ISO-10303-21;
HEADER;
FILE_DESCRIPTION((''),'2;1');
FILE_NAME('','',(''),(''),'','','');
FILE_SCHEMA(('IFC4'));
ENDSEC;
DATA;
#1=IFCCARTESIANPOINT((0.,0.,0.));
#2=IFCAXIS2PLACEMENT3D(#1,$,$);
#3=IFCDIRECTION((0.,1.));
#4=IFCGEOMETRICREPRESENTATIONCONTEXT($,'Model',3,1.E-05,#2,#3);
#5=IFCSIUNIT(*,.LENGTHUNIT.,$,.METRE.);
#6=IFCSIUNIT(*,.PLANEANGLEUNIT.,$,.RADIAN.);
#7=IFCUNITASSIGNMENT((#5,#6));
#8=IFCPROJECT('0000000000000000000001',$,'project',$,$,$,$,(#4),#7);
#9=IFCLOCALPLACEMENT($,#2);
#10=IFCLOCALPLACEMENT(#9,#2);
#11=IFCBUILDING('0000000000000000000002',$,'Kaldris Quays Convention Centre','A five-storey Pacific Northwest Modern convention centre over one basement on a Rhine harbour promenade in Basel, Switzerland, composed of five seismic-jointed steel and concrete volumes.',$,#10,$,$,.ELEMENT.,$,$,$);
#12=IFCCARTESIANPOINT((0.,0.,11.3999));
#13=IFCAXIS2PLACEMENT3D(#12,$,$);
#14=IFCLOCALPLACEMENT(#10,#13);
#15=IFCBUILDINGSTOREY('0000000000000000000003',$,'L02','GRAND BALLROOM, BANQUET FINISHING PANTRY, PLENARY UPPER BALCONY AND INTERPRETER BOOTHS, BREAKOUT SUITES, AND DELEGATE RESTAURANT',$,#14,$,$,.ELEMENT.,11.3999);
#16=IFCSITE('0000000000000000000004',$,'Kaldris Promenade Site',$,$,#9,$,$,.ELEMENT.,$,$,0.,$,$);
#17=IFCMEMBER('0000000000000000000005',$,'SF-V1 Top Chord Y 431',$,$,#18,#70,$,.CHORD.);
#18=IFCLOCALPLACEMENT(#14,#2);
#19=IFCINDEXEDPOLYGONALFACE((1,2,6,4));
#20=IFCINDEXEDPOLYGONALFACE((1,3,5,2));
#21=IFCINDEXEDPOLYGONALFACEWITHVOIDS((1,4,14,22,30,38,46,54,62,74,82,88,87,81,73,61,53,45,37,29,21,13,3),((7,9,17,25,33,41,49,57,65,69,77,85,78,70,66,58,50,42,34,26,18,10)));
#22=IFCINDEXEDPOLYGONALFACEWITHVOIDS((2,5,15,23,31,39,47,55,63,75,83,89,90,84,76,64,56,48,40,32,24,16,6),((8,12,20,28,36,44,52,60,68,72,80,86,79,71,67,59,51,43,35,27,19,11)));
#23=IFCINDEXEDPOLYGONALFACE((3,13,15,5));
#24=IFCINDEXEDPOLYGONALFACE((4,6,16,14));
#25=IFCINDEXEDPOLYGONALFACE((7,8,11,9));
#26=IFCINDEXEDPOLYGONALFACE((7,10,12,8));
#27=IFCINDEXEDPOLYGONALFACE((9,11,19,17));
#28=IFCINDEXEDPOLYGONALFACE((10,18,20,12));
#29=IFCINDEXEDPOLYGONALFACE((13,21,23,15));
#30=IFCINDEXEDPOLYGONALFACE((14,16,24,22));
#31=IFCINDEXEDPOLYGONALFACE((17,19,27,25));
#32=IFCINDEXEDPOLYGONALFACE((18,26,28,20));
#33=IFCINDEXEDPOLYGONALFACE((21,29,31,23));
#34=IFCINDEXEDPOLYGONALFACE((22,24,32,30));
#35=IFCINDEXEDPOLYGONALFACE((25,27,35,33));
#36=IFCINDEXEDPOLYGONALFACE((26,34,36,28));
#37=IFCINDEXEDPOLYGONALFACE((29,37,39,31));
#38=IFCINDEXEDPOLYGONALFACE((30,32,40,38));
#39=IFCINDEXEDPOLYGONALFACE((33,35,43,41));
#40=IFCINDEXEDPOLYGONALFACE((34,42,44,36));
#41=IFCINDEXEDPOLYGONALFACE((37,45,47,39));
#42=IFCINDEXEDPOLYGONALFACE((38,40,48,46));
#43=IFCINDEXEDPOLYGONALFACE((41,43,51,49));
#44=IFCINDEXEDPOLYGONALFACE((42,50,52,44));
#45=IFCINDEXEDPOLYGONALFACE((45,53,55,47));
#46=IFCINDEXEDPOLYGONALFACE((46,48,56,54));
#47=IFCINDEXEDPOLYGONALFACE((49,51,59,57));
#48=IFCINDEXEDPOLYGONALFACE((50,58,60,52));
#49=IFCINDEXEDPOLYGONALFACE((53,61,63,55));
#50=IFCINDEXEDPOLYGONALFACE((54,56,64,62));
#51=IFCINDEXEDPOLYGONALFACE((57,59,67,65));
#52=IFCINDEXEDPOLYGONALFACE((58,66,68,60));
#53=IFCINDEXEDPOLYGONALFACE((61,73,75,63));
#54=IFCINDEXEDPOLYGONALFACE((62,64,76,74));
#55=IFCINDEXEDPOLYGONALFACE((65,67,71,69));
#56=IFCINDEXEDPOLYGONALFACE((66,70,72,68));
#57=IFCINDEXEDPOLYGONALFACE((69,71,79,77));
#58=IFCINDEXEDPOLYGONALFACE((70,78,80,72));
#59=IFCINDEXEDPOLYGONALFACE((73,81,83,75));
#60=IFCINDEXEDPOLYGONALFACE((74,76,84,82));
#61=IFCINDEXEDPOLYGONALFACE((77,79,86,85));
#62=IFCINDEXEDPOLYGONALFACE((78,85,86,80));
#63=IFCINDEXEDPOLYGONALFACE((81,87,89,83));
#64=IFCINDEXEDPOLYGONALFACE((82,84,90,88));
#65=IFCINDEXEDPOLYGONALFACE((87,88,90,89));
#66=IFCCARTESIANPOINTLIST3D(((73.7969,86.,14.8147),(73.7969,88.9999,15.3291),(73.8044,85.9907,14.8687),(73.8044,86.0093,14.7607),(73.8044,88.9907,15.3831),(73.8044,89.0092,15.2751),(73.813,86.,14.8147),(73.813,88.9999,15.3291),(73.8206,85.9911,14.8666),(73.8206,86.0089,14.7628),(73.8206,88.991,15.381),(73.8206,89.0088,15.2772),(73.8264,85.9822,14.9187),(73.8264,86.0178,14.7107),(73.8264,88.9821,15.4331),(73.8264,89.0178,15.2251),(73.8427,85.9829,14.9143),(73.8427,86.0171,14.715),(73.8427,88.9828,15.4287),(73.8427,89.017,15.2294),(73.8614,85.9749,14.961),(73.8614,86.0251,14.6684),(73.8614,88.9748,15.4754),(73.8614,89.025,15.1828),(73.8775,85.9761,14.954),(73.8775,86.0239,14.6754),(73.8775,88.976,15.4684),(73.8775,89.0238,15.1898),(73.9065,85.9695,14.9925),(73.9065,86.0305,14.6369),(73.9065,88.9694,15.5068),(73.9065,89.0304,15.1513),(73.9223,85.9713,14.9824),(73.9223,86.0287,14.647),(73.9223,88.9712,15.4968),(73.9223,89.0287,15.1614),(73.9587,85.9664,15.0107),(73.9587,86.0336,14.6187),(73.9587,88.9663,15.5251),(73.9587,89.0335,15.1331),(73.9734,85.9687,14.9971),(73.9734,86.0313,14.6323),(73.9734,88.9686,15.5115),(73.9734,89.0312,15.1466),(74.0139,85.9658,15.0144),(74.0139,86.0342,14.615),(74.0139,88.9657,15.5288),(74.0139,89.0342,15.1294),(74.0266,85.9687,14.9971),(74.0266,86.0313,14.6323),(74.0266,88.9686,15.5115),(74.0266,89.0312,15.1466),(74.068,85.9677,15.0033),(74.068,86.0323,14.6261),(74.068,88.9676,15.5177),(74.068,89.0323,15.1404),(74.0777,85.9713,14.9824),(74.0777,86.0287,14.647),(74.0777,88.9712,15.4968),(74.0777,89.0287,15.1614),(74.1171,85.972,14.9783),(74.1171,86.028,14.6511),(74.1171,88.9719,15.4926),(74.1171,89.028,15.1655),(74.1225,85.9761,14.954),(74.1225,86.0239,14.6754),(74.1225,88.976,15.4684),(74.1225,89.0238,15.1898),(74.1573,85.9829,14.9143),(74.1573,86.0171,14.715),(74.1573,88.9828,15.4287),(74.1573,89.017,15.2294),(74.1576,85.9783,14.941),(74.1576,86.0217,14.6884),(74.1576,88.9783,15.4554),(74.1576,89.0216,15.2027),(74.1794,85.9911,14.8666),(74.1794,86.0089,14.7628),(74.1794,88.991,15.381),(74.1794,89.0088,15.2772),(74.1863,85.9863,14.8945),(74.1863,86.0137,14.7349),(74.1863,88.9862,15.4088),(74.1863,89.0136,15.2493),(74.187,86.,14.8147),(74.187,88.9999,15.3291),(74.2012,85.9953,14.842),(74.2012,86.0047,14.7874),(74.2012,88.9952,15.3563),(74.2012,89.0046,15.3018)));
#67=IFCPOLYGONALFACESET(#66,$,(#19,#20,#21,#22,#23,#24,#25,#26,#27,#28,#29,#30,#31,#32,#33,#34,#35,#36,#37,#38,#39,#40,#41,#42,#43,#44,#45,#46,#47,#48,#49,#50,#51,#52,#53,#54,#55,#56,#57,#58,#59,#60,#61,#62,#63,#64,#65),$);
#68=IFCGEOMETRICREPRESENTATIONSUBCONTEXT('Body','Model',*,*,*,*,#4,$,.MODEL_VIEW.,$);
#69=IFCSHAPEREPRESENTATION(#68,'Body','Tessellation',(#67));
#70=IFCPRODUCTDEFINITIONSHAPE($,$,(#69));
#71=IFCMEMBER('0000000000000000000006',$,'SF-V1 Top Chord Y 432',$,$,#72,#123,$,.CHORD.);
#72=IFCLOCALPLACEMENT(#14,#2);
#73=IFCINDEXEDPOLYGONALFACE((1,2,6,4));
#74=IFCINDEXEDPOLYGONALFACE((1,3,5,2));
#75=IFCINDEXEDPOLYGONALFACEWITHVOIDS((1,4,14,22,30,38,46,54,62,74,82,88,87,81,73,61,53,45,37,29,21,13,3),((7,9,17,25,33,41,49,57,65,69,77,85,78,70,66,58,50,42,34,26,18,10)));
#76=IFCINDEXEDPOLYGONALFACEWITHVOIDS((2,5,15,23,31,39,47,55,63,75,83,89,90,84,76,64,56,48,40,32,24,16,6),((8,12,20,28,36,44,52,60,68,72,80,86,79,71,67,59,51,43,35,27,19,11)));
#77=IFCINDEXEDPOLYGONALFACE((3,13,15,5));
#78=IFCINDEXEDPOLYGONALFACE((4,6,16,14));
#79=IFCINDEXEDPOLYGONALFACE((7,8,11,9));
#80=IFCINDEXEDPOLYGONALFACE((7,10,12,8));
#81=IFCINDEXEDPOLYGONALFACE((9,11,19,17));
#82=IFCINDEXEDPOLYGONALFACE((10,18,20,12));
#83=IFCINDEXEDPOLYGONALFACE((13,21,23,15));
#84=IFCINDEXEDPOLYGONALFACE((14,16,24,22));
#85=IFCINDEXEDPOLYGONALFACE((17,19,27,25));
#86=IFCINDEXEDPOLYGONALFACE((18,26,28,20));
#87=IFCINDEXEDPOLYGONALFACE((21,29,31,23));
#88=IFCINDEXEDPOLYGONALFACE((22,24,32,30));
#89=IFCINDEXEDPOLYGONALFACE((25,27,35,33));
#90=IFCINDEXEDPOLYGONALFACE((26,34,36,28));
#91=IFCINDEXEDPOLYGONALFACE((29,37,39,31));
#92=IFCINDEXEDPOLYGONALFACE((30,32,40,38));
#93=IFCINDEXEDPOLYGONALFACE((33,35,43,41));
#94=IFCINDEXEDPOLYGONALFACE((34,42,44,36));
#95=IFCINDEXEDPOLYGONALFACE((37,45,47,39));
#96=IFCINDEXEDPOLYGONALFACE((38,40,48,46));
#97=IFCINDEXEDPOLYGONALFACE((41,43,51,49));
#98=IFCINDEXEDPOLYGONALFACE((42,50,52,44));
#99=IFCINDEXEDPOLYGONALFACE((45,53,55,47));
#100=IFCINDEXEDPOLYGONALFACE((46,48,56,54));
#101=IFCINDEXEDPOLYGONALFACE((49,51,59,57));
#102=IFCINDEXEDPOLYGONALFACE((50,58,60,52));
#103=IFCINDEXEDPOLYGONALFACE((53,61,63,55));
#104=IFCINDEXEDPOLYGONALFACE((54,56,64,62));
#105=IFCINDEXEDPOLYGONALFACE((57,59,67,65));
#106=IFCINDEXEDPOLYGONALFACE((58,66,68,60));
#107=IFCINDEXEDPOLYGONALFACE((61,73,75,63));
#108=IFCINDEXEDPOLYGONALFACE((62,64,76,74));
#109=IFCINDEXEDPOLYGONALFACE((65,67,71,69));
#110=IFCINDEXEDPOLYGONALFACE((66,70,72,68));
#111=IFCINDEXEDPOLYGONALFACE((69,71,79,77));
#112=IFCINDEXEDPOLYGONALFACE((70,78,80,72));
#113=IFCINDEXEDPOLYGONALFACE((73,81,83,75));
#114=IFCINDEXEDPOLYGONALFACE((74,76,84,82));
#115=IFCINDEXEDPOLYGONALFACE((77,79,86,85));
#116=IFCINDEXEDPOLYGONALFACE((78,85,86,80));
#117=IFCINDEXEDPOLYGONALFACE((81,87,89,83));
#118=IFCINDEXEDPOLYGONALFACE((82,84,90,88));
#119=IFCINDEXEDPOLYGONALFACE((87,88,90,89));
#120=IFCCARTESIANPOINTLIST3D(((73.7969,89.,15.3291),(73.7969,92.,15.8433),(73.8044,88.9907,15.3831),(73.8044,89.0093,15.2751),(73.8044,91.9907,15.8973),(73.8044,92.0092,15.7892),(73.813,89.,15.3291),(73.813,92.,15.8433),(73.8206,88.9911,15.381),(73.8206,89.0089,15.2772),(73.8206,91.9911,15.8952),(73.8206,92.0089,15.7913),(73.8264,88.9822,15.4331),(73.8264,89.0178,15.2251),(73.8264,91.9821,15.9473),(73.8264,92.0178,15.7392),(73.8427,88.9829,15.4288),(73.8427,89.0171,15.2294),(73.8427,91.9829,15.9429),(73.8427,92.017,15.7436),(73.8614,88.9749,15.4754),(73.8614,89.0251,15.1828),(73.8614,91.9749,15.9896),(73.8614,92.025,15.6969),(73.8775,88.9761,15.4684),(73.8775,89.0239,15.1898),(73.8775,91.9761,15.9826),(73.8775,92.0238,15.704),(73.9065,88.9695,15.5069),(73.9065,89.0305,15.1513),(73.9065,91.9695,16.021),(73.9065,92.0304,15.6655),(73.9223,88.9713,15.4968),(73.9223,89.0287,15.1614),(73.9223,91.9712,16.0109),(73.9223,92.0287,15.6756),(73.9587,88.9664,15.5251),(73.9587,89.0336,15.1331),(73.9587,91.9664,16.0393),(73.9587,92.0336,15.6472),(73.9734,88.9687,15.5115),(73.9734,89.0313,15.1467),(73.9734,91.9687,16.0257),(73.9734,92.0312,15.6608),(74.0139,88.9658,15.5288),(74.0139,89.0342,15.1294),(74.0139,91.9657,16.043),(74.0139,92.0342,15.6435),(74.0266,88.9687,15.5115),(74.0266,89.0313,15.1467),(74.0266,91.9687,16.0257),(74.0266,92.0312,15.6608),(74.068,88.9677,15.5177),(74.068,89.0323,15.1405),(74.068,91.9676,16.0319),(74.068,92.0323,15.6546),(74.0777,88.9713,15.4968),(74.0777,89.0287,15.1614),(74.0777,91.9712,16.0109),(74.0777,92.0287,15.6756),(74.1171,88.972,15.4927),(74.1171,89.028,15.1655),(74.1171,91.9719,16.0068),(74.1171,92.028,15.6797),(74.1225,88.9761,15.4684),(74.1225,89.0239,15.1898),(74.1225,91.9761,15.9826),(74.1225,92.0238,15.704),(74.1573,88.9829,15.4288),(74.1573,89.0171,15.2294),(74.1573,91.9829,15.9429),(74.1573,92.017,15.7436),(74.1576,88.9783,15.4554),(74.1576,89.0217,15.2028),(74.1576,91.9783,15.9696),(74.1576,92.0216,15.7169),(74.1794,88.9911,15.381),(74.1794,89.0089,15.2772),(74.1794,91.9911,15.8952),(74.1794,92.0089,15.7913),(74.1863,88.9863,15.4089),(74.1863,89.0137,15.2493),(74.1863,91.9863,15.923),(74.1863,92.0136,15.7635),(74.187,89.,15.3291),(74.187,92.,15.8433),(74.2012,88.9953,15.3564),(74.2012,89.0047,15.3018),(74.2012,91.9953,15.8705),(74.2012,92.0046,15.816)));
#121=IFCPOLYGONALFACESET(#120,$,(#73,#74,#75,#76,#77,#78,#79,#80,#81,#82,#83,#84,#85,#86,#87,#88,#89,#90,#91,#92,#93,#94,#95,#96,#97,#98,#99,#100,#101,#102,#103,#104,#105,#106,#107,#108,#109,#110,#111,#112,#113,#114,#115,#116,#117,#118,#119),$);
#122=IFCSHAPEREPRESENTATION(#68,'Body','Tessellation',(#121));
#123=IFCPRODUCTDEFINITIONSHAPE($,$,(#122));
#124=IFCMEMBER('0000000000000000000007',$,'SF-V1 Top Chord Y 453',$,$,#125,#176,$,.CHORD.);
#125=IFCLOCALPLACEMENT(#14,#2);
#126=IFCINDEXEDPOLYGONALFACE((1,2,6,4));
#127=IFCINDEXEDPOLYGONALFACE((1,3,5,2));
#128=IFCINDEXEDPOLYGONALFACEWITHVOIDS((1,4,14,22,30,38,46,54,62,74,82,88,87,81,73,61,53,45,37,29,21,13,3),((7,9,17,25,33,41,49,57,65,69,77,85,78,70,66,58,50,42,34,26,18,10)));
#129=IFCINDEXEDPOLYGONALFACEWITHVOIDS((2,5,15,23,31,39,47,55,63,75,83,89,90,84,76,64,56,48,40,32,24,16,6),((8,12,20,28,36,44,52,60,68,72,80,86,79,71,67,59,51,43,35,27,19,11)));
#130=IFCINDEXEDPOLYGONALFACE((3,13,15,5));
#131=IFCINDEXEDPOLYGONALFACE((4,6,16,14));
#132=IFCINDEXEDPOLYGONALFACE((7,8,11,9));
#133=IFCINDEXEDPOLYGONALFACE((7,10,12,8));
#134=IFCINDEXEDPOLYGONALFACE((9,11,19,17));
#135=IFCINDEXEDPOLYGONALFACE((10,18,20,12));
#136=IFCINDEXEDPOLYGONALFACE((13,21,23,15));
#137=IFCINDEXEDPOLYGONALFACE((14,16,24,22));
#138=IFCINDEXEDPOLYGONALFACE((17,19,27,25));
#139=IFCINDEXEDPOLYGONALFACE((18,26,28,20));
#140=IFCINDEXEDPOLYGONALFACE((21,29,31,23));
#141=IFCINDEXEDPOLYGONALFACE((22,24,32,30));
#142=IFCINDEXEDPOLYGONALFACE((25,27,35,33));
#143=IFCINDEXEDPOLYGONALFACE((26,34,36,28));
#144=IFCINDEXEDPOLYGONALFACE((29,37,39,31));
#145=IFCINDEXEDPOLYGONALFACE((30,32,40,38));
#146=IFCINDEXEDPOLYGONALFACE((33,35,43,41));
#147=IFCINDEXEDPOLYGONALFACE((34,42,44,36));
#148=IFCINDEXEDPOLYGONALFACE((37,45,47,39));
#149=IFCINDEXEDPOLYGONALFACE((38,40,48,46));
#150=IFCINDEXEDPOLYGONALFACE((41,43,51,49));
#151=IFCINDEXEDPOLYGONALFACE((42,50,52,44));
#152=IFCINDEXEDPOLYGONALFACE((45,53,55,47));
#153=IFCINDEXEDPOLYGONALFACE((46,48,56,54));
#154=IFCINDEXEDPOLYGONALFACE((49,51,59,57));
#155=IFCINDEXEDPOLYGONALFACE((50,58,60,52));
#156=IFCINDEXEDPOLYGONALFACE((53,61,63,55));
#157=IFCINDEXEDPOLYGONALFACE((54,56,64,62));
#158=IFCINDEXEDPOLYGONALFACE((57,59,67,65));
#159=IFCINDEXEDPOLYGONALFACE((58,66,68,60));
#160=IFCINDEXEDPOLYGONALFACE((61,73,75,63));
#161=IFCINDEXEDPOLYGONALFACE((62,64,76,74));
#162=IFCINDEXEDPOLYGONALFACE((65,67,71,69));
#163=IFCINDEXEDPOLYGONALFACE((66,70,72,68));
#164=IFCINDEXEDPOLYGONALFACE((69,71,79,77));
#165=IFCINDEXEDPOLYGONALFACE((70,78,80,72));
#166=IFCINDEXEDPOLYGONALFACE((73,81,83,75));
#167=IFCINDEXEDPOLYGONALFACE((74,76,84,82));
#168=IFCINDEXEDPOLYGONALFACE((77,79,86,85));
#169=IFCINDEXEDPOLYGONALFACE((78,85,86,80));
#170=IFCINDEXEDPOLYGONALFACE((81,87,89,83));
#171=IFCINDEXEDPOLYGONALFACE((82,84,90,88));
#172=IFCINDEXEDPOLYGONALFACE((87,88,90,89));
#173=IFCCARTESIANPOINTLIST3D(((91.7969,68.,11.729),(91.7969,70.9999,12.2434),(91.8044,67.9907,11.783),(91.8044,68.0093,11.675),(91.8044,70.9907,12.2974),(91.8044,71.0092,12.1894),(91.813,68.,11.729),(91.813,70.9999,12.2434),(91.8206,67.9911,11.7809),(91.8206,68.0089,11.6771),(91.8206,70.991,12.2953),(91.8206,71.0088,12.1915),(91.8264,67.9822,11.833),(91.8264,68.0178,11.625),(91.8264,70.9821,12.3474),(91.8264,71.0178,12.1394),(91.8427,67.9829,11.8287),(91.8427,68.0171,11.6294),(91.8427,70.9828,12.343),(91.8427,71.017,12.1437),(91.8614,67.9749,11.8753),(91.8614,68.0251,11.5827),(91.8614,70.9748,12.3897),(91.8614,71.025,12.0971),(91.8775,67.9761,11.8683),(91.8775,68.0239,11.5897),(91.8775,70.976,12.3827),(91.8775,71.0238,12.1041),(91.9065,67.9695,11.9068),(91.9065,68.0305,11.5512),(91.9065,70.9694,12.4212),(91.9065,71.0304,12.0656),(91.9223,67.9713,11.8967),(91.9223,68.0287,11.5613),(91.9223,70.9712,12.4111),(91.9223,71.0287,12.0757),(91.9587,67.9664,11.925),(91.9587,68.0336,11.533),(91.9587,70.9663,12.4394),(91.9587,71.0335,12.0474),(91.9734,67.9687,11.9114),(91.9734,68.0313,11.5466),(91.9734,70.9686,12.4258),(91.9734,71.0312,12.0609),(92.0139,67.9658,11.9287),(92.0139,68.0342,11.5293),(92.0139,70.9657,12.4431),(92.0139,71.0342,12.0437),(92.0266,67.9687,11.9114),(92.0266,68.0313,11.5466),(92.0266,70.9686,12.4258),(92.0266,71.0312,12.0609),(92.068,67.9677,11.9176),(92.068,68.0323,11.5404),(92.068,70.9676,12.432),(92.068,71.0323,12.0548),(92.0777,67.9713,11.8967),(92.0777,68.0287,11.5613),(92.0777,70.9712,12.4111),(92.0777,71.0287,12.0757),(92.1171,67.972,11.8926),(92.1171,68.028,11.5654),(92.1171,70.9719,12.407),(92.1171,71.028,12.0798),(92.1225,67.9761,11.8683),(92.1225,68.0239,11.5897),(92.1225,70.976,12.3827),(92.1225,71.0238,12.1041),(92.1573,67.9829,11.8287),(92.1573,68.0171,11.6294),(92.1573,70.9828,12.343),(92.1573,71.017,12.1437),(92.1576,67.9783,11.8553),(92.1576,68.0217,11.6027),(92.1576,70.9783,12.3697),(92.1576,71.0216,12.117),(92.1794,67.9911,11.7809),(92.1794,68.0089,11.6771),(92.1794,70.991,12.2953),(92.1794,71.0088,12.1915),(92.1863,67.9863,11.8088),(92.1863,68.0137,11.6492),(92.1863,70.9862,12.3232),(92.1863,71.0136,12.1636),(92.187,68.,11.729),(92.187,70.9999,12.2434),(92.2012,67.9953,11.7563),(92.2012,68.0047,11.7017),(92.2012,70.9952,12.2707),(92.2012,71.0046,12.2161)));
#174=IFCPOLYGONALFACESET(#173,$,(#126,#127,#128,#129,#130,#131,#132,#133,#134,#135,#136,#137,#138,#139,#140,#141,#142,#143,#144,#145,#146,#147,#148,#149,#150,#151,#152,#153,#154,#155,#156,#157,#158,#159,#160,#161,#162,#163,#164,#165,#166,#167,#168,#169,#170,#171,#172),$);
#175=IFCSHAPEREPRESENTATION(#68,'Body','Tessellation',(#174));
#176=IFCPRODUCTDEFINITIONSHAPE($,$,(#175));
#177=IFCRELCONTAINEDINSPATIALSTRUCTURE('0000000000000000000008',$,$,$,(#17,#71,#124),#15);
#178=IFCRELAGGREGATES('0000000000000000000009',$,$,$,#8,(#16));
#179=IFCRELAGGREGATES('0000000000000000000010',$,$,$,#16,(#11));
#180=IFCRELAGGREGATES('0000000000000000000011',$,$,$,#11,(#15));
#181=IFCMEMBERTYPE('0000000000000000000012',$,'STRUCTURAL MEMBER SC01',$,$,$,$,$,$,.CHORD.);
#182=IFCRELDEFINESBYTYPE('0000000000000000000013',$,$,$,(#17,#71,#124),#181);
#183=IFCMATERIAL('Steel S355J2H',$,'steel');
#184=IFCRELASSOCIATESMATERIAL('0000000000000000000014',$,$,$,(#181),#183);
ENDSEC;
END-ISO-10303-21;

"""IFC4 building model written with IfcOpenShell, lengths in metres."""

from ifc_helpers import new_model, si_unit, direction, frame, origin, origin_2d, place, context, subcontext, project, spatial, hollow_circle, extrude, material, material_profile, profile_set, type_object, element, save


model = new_model("IFC4")

# Units and contexts
model_context = context("Model", 3, precision=1e-05, world=origin(), true_north=direction((0.0, 1.0)))
body_context = subcontext(model_context, "Body", "Model", "MODEL_VIEW")
ifc_project = project(units=[si_unit("LENGTHUNIT", "METRE"), si_unit("PLANEANGLEUNIT", "RADIAN")], contexts=[model_context])

# Site, building, storey
site_placement = place(None, origin())
site = spatial("IfcSite", under=ifc_project, at=site_placement, Name="Kaldris Promenade Site", CompositionType="ELEMENT", RefElevation=0.0)
building_placement = place(site_placement, origin())
building = spatial("IfcBuilding", under=site, at=building_placement, Name="Kaldris Quays Convention Centre", Description="A five-storey Pacific Northwest Modern convention centre over one basement on a Rhine harbour promenade in Basel, Switzerland, composed of five seismic-jointed steel and concrete volumes.", CompositionType="ELEMENT")
storey_placement = place(building_placement, frame((0.0, 0.0, 11.3999)))
storey = spatial("IfcBuildingStorey", under=building, at=storey_placement, Name="L02", Description="GRAND BALLROOM, BANQUET FINISHING PANTRY, PLENARY UPPER BALCONY AND INTERPRETER BOOTHS, BREAKOUT SUITES, AND DELEGATE RESTAURANT", CompositionType="ELEMENT", Elevation=11.3999)

# Members
ifc_material = material(Name="Steel S355J2H", Category="steel")
ifc_material_profile_1 = material_profile(ifc_material, hollow_circle(Radius=0.2031, WallThickness=0.0161, at=origin_2d()), Name="CHS 406.4x16")
ifc_profile_set_1 = profile_set([ifc_material_profile_1], Name="Steel S355J2H")
member_type_1 = type_object("IfcMemberType", Name="STRUCTURAL MEMBER SC01", PredefinedType="CHORD", material=ifc_profile_set_1)
for number, where, z_axis, x_axis, name in (
    (1, (74.0, 86.0, 14.8147), (0.0, 0.985616, 0.169002), (-1.0, 0.0, 0.0), "SF-V1 Top Chord Y 431"),
    (2, (74.0, 89.0, 15.3291), (0.0, 0.985629, 0.168924), (-1.0, 0.0, 0.0), "SF-V1 Top Chord Y 432"),
    (3, (92.0, 68.0, 11.729), (0.0, 0.985616, 0.169002), (-1.0, 0.0, 0.0), "SF-V1 Top Chord Y 453"),
):
    element("IfcMember", number, at=place(storey_placement, frame(where, z_axis=z_axis, x_axis=x_axis)), inside=storey, type_object=member_type_1, Name=name, PredefinedType="CHORD", context=body_context, shape_type="SweptSolid", body=[
        extrude(hollow_circle(Radius=0.2031, WallThickness=0.0161, at=origin_2d()), origin(), (0.0, 0.0, 1.0), 3.0437),
    ])

save(model, "model.ifc")
